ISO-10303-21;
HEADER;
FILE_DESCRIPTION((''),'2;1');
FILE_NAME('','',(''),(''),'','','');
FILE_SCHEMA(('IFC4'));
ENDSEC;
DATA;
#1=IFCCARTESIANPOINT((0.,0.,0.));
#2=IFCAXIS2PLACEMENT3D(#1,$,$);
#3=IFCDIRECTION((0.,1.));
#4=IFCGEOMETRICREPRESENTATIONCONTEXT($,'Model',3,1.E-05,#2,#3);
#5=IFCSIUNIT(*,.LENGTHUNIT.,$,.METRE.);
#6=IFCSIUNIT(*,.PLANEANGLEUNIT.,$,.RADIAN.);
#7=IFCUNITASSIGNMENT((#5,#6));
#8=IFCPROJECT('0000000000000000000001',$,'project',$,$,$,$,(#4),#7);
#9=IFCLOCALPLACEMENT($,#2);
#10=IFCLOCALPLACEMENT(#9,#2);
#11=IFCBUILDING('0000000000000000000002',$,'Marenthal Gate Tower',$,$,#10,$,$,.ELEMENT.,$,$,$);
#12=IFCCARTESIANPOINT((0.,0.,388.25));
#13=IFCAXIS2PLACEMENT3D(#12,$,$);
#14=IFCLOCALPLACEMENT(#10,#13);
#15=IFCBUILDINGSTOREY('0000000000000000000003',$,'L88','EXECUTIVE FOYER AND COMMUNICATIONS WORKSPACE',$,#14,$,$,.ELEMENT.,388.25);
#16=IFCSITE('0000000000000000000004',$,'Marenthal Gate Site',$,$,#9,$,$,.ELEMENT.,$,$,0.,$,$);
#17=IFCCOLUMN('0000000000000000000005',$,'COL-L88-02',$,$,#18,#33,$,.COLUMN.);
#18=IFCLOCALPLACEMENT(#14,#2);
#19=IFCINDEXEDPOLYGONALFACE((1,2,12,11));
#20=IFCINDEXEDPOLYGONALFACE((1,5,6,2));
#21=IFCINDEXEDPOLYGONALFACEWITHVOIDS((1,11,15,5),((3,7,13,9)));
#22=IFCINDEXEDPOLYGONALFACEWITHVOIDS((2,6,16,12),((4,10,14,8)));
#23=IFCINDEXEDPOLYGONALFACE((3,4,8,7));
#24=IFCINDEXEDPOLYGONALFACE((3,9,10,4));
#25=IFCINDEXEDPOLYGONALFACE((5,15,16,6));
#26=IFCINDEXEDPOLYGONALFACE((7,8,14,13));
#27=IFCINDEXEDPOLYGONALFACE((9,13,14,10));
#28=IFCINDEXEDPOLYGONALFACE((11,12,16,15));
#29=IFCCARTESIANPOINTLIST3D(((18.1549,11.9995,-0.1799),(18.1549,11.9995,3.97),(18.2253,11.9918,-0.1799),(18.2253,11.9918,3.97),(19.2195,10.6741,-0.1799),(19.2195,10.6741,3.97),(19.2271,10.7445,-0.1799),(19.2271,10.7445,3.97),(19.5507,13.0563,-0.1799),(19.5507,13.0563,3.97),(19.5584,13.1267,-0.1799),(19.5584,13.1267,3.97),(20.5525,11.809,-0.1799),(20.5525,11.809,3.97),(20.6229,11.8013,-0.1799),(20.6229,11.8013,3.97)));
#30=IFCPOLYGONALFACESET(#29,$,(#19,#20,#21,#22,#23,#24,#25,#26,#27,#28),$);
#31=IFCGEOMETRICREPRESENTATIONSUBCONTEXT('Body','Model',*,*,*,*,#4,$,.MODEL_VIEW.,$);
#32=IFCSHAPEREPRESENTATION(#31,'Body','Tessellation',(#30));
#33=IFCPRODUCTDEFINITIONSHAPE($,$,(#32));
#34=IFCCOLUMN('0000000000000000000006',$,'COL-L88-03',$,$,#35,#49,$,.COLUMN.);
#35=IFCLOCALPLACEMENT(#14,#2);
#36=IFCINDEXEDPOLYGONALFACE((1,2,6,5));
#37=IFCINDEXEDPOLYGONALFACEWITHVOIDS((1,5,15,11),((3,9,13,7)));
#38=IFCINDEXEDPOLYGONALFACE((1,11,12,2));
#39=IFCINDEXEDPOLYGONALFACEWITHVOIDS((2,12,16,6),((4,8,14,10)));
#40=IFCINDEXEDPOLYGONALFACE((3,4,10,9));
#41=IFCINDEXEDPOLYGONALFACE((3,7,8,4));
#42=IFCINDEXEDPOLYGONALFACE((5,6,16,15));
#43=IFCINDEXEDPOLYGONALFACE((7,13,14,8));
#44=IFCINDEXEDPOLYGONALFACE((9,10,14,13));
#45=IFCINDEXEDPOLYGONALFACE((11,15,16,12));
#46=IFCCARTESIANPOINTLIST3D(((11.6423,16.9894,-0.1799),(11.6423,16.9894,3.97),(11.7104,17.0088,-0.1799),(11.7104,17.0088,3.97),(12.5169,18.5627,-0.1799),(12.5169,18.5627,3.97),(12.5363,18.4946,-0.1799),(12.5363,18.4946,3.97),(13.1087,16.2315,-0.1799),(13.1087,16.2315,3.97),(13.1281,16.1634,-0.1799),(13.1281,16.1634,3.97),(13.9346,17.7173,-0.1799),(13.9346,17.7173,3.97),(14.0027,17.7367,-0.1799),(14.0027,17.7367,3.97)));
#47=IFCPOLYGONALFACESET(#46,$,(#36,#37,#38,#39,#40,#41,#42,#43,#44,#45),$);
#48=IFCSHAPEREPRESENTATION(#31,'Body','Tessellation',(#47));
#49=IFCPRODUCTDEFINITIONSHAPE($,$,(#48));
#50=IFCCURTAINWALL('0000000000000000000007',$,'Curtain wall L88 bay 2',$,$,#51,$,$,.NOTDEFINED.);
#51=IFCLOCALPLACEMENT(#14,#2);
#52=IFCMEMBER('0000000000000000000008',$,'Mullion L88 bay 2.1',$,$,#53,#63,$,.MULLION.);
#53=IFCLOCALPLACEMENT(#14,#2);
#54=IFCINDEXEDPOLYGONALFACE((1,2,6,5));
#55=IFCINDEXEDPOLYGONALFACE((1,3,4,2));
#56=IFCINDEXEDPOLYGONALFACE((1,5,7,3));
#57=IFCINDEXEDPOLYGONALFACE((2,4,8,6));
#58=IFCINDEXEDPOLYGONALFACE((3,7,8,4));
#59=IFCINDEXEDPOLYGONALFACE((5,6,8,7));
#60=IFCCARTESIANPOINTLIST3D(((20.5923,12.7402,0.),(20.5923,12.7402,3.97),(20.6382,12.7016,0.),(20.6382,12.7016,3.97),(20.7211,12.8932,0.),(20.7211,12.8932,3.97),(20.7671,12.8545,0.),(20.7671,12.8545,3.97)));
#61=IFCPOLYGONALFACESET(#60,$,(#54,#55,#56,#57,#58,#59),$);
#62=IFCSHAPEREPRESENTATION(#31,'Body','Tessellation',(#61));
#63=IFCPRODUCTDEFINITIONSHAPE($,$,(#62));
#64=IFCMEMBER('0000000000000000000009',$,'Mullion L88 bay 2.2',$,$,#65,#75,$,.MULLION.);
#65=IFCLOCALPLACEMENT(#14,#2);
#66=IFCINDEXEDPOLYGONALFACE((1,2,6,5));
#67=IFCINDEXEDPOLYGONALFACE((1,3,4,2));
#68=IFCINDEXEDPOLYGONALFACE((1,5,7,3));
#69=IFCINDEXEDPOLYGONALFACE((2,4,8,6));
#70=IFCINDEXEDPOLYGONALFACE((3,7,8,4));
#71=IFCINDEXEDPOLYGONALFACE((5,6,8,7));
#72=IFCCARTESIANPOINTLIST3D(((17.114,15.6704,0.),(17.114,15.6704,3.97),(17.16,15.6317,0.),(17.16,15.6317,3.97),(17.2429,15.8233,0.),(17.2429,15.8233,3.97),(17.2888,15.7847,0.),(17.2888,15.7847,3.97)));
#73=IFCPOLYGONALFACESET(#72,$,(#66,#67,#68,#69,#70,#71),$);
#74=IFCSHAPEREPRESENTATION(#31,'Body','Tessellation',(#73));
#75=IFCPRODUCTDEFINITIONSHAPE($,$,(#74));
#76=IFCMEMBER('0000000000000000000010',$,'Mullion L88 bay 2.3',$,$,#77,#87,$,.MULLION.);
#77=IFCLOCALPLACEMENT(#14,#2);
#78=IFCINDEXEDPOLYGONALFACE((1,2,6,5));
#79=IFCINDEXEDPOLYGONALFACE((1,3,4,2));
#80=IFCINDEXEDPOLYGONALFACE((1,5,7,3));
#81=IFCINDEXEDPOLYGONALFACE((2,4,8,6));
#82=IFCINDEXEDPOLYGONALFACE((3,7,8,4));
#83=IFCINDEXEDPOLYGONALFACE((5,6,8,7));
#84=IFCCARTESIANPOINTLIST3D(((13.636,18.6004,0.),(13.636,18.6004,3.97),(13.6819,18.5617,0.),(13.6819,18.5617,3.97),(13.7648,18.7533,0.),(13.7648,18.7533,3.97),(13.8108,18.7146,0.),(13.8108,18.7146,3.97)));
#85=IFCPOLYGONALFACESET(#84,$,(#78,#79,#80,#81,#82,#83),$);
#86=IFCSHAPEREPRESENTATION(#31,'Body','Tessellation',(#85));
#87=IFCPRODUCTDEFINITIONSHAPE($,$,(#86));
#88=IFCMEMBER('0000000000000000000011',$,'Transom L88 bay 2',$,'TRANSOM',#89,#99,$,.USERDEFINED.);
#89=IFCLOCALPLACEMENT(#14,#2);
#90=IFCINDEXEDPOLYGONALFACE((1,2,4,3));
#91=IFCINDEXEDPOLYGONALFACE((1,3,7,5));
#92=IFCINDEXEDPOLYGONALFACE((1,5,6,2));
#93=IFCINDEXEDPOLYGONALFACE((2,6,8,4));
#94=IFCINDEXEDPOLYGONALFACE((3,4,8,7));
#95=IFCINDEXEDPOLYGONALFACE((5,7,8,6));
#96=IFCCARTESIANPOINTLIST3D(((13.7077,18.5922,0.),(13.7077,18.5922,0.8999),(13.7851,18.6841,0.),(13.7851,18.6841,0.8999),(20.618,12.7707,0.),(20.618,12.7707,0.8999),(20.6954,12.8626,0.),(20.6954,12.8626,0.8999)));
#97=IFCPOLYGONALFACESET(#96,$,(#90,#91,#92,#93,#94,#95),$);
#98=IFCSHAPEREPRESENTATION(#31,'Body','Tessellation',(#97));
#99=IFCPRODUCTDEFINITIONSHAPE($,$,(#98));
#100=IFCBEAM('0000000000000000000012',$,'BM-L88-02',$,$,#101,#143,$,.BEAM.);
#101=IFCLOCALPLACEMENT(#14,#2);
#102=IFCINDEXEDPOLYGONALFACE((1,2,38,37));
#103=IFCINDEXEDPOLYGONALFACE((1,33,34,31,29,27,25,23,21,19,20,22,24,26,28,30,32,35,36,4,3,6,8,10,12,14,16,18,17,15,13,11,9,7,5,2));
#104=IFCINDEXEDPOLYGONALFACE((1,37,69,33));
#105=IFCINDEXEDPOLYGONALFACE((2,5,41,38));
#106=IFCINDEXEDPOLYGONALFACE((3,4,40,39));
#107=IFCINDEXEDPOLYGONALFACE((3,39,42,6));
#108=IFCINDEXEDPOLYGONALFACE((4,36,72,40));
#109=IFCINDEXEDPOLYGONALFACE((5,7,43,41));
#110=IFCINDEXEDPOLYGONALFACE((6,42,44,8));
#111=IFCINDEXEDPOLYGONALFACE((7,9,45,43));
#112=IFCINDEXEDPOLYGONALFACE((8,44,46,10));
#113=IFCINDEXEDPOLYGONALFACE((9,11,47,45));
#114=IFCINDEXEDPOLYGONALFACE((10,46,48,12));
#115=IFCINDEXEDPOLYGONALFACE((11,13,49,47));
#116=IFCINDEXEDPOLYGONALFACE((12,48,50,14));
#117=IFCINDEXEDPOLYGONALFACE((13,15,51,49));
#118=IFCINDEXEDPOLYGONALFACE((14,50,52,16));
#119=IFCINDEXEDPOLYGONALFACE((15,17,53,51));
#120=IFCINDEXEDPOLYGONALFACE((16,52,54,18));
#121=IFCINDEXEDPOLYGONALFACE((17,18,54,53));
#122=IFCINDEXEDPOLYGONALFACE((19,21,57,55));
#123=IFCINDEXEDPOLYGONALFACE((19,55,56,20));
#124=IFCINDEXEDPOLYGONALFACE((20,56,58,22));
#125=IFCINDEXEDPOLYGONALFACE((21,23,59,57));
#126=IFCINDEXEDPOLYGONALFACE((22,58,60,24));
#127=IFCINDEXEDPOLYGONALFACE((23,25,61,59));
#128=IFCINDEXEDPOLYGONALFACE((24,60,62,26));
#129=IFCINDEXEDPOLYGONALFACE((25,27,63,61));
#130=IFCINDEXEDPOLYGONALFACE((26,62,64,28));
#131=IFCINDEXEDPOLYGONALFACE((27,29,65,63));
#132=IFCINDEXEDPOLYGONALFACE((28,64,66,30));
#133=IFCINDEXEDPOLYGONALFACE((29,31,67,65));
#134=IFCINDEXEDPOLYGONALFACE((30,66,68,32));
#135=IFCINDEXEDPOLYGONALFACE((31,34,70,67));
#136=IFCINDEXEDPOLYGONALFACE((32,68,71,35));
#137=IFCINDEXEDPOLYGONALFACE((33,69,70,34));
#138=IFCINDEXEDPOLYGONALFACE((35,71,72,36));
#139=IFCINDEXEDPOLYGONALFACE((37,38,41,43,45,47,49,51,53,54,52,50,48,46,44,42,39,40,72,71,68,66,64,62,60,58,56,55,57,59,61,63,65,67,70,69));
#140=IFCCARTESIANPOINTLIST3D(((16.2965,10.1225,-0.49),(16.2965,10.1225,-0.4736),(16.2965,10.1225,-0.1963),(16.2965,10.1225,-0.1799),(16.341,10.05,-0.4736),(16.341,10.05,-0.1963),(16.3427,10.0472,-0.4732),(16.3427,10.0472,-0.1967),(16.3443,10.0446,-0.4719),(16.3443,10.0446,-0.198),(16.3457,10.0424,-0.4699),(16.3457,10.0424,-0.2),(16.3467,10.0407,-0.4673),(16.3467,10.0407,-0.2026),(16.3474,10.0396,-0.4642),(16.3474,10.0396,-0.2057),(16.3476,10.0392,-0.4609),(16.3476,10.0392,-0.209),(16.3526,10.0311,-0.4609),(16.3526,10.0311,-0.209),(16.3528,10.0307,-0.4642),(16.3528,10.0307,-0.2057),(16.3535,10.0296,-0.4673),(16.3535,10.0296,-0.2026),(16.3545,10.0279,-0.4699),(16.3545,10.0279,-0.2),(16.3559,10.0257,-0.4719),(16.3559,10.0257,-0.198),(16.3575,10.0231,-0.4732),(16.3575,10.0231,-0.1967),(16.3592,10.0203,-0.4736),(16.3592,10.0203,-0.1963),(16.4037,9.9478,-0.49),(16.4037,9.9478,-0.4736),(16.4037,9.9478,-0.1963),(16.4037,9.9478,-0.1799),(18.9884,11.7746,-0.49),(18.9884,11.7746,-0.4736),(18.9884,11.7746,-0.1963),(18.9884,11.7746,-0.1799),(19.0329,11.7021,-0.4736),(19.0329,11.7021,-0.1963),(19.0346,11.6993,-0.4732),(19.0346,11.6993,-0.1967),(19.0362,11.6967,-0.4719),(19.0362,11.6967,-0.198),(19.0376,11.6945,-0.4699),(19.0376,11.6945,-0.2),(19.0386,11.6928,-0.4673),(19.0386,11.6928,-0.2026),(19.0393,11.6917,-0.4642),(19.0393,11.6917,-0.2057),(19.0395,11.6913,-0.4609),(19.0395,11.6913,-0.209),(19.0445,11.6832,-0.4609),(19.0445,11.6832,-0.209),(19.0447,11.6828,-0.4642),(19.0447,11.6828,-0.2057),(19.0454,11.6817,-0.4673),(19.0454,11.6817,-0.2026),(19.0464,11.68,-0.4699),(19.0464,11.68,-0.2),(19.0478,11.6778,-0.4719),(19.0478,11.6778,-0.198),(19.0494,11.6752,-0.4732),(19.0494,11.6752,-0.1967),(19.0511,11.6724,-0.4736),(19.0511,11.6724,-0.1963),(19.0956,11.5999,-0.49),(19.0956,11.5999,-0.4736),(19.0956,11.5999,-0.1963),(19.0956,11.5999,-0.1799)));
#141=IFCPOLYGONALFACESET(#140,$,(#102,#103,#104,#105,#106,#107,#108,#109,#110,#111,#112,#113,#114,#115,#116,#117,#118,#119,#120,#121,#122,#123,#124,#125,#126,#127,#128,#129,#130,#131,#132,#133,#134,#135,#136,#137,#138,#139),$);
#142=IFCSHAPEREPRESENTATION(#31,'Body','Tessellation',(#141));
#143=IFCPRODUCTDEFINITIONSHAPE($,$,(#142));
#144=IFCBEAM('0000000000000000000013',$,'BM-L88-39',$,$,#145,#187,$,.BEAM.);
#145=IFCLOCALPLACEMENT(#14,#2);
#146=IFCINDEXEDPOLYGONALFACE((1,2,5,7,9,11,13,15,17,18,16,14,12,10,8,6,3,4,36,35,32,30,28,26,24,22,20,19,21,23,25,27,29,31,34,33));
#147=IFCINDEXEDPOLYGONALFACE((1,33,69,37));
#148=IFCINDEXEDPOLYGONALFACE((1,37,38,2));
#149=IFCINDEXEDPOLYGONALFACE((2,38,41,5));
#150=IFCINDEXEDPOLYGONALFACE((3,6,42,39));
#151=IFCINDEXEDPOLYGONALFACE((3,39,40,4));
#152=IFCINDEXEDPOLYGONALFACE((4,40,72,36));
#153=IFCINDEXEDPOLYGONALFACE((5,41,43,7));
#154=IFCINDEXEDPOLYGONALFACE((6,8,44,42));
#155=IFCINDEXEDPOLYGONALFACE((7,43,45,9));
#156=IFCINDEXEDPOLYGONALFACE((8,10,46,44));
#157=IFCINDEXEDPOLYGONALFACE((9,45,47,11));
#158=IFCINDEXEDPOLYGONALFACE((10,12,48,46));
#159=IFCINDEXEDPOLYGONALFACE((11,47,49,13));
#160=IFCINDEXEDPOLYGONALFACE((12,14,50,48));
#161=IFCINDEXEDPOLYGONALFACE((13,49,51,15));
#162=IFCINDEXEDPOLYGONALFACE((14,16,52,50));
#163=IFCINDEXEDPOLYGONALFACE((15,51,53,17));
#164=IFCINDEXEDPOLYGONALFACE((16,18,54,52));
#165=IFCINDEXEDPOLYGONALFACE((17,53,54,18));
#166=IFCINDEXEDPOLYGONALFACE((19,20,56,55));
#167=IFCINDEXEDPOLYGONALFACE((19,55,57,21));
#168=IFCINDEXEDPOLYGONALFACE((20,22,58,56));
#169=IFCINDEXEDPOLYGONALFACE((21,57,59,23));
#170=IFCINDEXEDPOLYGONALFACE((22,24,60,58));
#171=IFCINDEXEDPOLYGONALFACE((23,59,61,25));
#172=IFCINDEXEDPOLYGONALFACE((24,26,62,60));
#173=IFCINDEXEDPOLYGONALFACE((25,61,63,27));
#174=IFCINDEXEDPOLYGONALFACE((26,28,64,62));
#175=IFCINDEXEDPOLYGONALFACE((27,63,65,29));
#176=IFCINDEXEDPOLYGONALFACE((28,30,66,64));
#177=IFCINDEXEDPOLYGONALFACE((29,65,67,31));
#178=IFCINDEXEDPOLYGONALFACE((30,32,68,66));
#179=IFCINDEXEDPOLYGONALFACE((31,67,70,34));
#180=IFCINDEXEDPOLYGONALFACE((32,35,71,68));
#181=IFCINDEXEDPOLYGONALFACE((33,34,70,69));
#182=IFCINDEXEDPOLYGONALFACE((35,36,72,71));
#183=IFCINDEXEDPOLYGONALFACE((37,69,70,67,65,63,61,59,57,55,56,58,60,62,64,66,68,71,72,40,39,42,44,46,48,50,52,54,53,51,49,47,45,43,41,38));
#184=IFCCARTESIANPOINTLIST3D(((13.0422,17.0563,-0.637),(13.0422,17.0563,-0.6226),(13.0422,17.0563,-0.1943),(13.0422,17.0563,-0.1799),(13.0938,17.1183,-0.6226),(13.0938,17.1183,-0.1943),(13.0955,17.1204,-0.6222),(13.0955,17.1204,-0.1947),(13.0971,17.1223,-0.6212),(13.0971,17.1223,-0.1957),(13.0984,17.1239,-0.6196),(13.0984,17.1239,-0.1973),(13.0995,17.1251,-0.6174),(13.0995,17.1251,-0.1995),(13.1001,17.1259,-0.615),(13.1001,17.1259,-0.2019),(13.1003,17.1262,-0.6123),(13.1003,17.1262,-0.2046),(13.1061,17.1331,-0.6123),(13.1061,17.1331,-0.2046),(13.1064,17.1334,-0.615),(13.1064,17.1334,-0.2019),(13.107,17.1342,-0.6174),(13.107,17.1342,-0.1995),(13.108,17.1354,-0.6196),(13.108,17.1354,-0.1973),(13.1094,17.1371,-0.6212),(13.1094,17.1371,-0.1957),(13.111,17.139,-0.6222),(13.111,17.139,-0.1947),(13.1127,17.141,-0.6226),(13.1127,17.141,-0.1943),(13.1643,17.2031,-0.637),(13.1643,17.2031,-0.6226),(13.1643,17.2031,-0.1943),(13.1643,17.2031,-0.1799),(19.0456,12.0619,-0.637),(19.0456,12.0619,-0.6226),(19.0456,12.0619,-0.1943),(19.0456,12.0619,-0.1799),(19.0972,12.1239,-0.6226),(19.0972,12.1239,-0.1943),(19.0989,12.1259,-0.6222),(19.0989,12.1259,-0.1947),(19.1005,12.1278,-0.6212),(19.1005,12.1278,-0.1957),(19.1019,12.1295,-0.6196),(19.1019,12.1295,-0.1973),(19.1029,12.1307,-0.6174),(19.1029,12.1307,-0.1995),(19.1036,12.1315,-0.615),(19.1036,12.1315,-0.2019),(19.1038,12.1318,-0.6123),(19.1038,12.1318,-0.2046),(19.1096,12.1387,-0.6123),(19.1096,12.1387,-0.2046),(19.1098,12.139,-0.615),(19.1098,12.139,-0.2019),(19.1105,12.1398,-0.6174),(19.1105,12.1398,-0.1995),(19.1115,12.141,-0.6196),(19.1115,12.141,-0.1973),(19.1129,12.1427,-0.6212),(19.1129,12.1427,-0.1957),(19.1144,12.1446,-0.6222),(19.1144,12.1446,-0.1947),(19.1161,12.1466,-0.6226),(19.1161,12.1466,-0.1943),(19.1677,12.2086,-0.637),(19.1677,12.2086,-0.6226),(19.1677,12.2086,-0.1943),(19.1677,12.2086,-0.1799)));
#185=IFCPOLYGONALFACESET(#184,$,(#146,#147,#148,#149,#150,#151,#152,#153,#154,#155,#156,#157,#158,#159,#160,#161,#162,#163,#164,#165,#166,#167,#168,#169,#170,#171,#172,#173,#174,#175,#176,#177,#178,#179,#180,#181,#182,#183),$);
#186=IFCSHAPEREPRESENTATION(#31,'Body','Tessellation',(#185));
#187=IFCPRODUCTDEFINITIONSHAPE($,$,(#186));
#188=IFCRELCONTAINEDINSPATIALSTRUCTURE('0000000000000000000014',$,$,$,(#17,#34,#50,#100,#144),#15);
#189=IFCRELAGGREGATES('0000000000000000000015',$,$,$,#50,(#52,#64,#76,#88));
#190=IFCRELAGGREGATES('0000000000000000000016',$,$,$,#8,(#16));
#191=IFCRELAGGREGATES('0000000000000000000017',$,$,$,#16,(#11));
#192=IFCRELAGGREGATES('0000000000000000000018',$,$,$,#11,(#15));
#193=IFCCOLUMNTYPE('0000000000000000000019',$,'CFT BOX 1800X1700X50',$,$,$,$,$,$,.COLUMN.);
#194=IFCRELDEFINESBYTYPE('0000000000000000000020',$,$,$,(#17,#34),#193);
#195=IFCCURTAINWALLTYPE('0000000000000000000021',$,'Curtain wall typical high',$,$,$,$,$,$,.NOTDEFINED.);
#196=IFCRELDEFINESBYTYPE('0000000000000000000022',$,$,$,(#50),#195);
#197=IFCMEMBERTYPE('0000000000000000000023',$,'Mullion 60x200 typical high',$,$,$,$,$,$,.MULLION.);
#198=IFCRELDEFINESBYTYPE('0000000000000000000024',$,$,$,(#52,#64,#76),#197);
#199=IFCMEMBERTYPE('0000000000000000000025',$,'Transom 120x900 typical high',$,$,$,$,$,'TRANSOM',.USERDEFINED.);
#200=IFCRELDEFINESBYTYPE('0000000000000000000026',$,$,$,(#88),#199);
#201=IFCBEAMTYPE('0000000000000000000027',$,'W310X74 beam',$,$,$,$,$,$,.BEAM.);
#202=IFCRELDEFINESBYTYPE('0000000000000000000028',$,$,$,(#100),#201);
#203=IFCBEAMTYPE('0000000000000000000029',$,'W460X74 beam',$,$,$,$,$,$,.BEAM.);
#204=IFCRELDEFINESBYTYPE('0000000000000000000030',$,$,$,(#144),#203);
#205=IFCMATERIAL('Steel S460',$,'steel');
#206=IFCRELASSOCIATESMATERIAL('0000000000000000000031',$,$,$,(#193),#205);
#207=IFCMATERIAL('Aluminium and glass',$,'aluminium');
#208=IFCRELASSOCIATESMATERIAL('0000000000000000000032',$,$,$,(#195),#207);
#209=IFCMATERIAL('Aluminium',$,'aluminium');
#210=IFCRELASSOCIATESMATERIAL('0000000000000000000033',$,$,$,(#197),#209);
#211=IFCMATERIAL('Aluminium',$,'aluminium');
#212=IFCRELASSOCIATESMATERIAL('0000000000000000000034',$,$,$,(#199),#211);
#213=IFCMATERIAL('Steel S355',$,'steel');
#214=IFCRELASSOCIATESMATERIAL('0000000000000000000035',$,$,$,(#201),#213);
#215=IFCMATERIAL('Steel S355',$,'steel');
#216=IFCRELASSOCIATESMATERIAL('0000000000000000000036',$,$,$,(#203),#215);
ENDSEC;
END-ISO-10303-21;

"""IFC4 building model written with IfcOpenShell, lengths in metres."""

from ifc_helpers import new_model, si_unit, direction, frame, origin, origin_2d, place, context, subcontext, project, spatial, rectangle, hollow_rectangle, i_section, extrude, material, material_profile, profile_set, type_object, element, aggregate, save


model = new_model("IFC4")

# Units and contexts
model_context = context("Model", 3, precision=1e-05, world=origin(), true_north=direction((0.0, 1.0)))
body_context = subcontext(model_context, "Body", "Model", "MODEL_VIEW")
ifc_project = project(units=[si_unit("LENGTHUNIT", "METRE"), si_unit("PLANEANGLEUNIT", "RADIAN")], contexts=[model_context])

# Site, building, storey
site_placement = place(None, origin())
site = spatial("IfcSite", under=ifc_project, at=site_placement, Name="Marenthal Gate Site", CompositionType="ELEMENT", RefElevation=0.0)
building_placement = place(site_placement, origin())
building = spatial("IfcBuilding", under=site, at=building_placement, Name="Marenthal Gate Tower", CompositionType="ELEMENT")
storey_placement = place(building_placement, frame((0.0, 0.0, 388.25)))
storey = spatial("IfcBuildingStorey", under=building, at=storey_placement, Name="L88", Description="EXECUTIVE FOYER AND COMMUNICATIONS WORKSPACE", CompositionType="ELEMENT", Elevation=388.25)

# Columns
ifc_material_1 = material(Name="Steel S460", Category="steel")
ifc_material_profile_1 = material_profile(ifc_material_1, hollow_rectangle(XDim=1.7, YDim=1.8, WallThickness=0.05, at=origin_2d()), Name="CFT BOX 1800X1700X50")
ifc_material_2 = material(Name="Concrete 70 MPa", Category="concrete")
ifc_material_profile_2 = material_profile(ifc_material_2, rectangle(XDim=1.6001, YDim=1.7, at=origin_2d()), Name="CFT BOX 1800X1700X50 INFILL")
ifc_profile_set_1 = profile_set([ifc_material_profile_1, ifc_material_profile_2], Name="Steel S460 shell, Concrete 70 MPa infill")
column_type = type_object("IfcColumnType", Name="CFT BOX 1800X1700X50", PredefinedType="COLUMN", material=ifc_profile_set_1)
for number, where, z_axis, x_axis, name in (
    (1, (19.3889, 11.9004, -0.1799), (0.0, 0.0, 1.0), (0.626198, -0.779664, 0.0), "COL-L88-02"),
    (2, (12.8225, 17.363, -0.1799), (0.0, 0.0, 1.0), (0.874037, -0.48586, 0.0), "COL-L88-03"),
):
    element("IfcColumn", number, at=place(storey_placement, frame(where, z_axis=z_axis, x_axis=x_axis)), inside=storey, type_object=column_type, Name=name, PredefinedType="COLUMN", context=body_context, shape_type="SweptSolid", body=[
        extrude(hollow_rectangle(XDim=1.7, YDim=1.8, WallThickness=0.05, at=origin_2d()), origin(), (0.0, 0.0, 1.0), 4.1499),
    ])

# Curtain wall, members
ifc_material_3 = material(Name="Aluminium and glass", Category="aluminium")
curtain_wall_type = type_object("IfcCurtainWallType", Name="Curtain wall typical high", PredefinedType="NOTDEFINED", material=ifc_material_3)
curtain_wall_placement = place(storey_placement, origin())
curtain_wall = element("IfcCurtainWall", 3, at=curtain_wall_placement, inside=storey, type_object=curtain_wall_type, Name="Curtain wall L88 bay 2", PredefinedType="NOTDEFINED")
ifc_material_4 = material(Name="Aluminium", Category="aluminium")
ifc_material_profile_3 = material_profile(ifc_material_4, rectangle(XDim=0.2, YDim=0.0601, at=origin_2d()), Name="60x200 aluminium mullion")
ifc_profile_set_2 = profile_set([ifc_material_profile_3], Name="Aluminium")
member_type_1 = type_object("IfcMemberType", Name="Mullion 60x200 typical high", PredefinedType="MULLION", material=ifc_profile_set_2)
member_1_placement = place(storey_placement, frame((20.6797, 12.7974, 0.0), z_axis=(0.0, 0.0, 1.0), x_axis=(-0.644265, -0.764802, 0.0)))
member_1 = element("IfcMember", 4, at=member_1_placement, type_object=member_type_1, Name="Mullion L88 bay 2.1", PredefinedType="MULLION", context=body_context, shape_type="SweptSolid", body=[
    extrude(rectangle(XDim=0.2, YDim=0.0601, at=origin_2d()), origin(), (0.0, 0.0, 1.0), 3.97),
])
member_2_placement = place(storey_placement, frame((17.2014, 15.7275, 0.0), z_axis=(0.0, 0.0, 1.0), x_axis=(-0.644265, -0.764802, 0.0)))
member_2 = element("IfcMember", 5, at=member_2_placement, type_object=member_type_1, Name="Mullion L88 bay 2.2", PredefinedType="MULLION", context=body_context, shape_type="SweptSolid", body=[
    extrude(rectangle(XDim=0.2, YDim=0.0601, at=origin_2d()), origin(), (0.0, 0.0, 1.0), 3.97),
])
member_3_placement = place(storey_placement, frame((13.7234, 18.6575, 0.0), z_axis=(0.0, 0.0, 1.0), x_axis=(-0.644265, -0.764802, 0.0)))
member_3 = element("IfcMember", 6, at=member_3_placement, type_object=member_type_1, Name="Mullion L88 bay 2.3", PredefinedType="MULLION", context=body_context, shape_type="SweptSolid", body=[
    extrude(rectangle(XDim=0.2, YDim=0.0601, at=origin_2d()), origin(), (0.0, 0.0, 1.0), 3.97),
])
ifc_material_5 = material(Name="Aluminium", Category="aluminium")
ifc_material_profile_4 = material_profile(ifc_material_5, rectangle(XDim=0.1201, YDim=0.8999, at=origin_2d()), Name="120x900 aluminium transom")
ifc_profile_set_3 = profile_set([ifc_material_profile_4], Name="Aluminium")
member_type_2 = type_object("IfcMemberType", Name="Transom 120x900 typical high", ElementType="TRANSOM", PredefinedType="USERDEFINED", material=ifc_profile_set_3)
member_4_placement = place(storey_placement, frame((20.6567, 12.8167, 0.45), z_axis=(-0.764789, 0.644281, 0.0), x_axis=(-0.644281, -0.764789, 0.0)))
member_4 = element("IfcMember", 7, at=member_4_placement, type_object=member_type_2, Name="Transom L88 bay 2", ObjectType="TRANSOM", PredefinedType="USERDEFINED", context=body_context, shape_type="SweptSolid", body=[
    extrude(rectangle(XDim=0.1201, YDim=0.8999, at=origin_2d()), origin(), (0.0, 0.0, 1.0), 9.0356),
])

# Beams
ifc_material_6 = material(Name="Steel S355", Category="steel")
ifc_material_profile_5 = material_profile(ifc_material_6, i_section(OverallWidth=0.2051, OverallDepth=0.3101, WebThickness=0.0095, FlangeThickness=0.0164, FilletRadius=0.0127, at=origin_2d()), Name="W310X74")
ifc_profile_set_4 = profile_set([ifc_material_profile_5], Name="Steel S355")
beam_type_1 = type_object("IfcBeamType", Name="W310X74 beam", PredefinedType="BEAM", material=ifc_profile_set_4)
beam_1_placement = place(storey_placement, frame((19.042, 11.6873, -0.335), z_axis=(-0.852287, -0.523075, 0.0), x_axis=(0.523075, -0.852287, 0.0)))
element("IfcBeam", 8, at=beam_1_placement, inside=storey, type_object=beam_type_1, Name="BM-L88-02", PredefinedType="BEAM", context=body_context, shape_type="SweptSolid", body=[
    extrude(i_section(OverallWidth=0.2051, OverallDepth=0.3101, WebThickness=0.0095, FlangeThickness=0.0164, FilletRadius=0.0127, at=origin_2d()), origin(), (0.0, 0.0, 1.0), 3.1584),
])
ifc_material_7 = material(Name="Steel S355", Category="steel")
ifc_material_profile_6 = material_profile(ifc_material_7, i_section(OverallWidth=0.1909, OverallDepth=0.457, WebThickness=0.009, FlangeThickness=0.0144, FilletRadius=0.0103, at=origin_2d()), Name="W460X74")
ifc_profile_set_5 = profile_set([ifc_material_profile_6], Name="Steel S355")
beam_type_2 = type_object("IfcBeamType", Name="W460X74 beam", PredefinedType="BEAM", material=ifc_profile_set_5)
beam_2_placement = place(storey_placement, frame((19.1067, 12.1353, -0.4084), z_axis=(-0.768754, 0.639545, 0.0), x_axis=(-0.639545, -0.768754, 0.0)))
element("IfcBeam", 9, at=beam_2_placement, inside=storey, type_object=beam_type_2, Name="BM-L88-39", PredefinedType="BEAM", context=body_context, shape_type="SweptSolid", body=[
    extrude(i_section(OverallWidth=0.1909, OverallDepth=0.457, WebThickness=0.009, FlangeThickness=0.0144, FilletRadius=0.0103, at=origin_2d()), origin(), (0.0, 0.0, 1.0), 7.8093),
])

aggregate(curtain_wall, [member_1, member_2, member_3, member_4])

save(model, "model.ifc")
